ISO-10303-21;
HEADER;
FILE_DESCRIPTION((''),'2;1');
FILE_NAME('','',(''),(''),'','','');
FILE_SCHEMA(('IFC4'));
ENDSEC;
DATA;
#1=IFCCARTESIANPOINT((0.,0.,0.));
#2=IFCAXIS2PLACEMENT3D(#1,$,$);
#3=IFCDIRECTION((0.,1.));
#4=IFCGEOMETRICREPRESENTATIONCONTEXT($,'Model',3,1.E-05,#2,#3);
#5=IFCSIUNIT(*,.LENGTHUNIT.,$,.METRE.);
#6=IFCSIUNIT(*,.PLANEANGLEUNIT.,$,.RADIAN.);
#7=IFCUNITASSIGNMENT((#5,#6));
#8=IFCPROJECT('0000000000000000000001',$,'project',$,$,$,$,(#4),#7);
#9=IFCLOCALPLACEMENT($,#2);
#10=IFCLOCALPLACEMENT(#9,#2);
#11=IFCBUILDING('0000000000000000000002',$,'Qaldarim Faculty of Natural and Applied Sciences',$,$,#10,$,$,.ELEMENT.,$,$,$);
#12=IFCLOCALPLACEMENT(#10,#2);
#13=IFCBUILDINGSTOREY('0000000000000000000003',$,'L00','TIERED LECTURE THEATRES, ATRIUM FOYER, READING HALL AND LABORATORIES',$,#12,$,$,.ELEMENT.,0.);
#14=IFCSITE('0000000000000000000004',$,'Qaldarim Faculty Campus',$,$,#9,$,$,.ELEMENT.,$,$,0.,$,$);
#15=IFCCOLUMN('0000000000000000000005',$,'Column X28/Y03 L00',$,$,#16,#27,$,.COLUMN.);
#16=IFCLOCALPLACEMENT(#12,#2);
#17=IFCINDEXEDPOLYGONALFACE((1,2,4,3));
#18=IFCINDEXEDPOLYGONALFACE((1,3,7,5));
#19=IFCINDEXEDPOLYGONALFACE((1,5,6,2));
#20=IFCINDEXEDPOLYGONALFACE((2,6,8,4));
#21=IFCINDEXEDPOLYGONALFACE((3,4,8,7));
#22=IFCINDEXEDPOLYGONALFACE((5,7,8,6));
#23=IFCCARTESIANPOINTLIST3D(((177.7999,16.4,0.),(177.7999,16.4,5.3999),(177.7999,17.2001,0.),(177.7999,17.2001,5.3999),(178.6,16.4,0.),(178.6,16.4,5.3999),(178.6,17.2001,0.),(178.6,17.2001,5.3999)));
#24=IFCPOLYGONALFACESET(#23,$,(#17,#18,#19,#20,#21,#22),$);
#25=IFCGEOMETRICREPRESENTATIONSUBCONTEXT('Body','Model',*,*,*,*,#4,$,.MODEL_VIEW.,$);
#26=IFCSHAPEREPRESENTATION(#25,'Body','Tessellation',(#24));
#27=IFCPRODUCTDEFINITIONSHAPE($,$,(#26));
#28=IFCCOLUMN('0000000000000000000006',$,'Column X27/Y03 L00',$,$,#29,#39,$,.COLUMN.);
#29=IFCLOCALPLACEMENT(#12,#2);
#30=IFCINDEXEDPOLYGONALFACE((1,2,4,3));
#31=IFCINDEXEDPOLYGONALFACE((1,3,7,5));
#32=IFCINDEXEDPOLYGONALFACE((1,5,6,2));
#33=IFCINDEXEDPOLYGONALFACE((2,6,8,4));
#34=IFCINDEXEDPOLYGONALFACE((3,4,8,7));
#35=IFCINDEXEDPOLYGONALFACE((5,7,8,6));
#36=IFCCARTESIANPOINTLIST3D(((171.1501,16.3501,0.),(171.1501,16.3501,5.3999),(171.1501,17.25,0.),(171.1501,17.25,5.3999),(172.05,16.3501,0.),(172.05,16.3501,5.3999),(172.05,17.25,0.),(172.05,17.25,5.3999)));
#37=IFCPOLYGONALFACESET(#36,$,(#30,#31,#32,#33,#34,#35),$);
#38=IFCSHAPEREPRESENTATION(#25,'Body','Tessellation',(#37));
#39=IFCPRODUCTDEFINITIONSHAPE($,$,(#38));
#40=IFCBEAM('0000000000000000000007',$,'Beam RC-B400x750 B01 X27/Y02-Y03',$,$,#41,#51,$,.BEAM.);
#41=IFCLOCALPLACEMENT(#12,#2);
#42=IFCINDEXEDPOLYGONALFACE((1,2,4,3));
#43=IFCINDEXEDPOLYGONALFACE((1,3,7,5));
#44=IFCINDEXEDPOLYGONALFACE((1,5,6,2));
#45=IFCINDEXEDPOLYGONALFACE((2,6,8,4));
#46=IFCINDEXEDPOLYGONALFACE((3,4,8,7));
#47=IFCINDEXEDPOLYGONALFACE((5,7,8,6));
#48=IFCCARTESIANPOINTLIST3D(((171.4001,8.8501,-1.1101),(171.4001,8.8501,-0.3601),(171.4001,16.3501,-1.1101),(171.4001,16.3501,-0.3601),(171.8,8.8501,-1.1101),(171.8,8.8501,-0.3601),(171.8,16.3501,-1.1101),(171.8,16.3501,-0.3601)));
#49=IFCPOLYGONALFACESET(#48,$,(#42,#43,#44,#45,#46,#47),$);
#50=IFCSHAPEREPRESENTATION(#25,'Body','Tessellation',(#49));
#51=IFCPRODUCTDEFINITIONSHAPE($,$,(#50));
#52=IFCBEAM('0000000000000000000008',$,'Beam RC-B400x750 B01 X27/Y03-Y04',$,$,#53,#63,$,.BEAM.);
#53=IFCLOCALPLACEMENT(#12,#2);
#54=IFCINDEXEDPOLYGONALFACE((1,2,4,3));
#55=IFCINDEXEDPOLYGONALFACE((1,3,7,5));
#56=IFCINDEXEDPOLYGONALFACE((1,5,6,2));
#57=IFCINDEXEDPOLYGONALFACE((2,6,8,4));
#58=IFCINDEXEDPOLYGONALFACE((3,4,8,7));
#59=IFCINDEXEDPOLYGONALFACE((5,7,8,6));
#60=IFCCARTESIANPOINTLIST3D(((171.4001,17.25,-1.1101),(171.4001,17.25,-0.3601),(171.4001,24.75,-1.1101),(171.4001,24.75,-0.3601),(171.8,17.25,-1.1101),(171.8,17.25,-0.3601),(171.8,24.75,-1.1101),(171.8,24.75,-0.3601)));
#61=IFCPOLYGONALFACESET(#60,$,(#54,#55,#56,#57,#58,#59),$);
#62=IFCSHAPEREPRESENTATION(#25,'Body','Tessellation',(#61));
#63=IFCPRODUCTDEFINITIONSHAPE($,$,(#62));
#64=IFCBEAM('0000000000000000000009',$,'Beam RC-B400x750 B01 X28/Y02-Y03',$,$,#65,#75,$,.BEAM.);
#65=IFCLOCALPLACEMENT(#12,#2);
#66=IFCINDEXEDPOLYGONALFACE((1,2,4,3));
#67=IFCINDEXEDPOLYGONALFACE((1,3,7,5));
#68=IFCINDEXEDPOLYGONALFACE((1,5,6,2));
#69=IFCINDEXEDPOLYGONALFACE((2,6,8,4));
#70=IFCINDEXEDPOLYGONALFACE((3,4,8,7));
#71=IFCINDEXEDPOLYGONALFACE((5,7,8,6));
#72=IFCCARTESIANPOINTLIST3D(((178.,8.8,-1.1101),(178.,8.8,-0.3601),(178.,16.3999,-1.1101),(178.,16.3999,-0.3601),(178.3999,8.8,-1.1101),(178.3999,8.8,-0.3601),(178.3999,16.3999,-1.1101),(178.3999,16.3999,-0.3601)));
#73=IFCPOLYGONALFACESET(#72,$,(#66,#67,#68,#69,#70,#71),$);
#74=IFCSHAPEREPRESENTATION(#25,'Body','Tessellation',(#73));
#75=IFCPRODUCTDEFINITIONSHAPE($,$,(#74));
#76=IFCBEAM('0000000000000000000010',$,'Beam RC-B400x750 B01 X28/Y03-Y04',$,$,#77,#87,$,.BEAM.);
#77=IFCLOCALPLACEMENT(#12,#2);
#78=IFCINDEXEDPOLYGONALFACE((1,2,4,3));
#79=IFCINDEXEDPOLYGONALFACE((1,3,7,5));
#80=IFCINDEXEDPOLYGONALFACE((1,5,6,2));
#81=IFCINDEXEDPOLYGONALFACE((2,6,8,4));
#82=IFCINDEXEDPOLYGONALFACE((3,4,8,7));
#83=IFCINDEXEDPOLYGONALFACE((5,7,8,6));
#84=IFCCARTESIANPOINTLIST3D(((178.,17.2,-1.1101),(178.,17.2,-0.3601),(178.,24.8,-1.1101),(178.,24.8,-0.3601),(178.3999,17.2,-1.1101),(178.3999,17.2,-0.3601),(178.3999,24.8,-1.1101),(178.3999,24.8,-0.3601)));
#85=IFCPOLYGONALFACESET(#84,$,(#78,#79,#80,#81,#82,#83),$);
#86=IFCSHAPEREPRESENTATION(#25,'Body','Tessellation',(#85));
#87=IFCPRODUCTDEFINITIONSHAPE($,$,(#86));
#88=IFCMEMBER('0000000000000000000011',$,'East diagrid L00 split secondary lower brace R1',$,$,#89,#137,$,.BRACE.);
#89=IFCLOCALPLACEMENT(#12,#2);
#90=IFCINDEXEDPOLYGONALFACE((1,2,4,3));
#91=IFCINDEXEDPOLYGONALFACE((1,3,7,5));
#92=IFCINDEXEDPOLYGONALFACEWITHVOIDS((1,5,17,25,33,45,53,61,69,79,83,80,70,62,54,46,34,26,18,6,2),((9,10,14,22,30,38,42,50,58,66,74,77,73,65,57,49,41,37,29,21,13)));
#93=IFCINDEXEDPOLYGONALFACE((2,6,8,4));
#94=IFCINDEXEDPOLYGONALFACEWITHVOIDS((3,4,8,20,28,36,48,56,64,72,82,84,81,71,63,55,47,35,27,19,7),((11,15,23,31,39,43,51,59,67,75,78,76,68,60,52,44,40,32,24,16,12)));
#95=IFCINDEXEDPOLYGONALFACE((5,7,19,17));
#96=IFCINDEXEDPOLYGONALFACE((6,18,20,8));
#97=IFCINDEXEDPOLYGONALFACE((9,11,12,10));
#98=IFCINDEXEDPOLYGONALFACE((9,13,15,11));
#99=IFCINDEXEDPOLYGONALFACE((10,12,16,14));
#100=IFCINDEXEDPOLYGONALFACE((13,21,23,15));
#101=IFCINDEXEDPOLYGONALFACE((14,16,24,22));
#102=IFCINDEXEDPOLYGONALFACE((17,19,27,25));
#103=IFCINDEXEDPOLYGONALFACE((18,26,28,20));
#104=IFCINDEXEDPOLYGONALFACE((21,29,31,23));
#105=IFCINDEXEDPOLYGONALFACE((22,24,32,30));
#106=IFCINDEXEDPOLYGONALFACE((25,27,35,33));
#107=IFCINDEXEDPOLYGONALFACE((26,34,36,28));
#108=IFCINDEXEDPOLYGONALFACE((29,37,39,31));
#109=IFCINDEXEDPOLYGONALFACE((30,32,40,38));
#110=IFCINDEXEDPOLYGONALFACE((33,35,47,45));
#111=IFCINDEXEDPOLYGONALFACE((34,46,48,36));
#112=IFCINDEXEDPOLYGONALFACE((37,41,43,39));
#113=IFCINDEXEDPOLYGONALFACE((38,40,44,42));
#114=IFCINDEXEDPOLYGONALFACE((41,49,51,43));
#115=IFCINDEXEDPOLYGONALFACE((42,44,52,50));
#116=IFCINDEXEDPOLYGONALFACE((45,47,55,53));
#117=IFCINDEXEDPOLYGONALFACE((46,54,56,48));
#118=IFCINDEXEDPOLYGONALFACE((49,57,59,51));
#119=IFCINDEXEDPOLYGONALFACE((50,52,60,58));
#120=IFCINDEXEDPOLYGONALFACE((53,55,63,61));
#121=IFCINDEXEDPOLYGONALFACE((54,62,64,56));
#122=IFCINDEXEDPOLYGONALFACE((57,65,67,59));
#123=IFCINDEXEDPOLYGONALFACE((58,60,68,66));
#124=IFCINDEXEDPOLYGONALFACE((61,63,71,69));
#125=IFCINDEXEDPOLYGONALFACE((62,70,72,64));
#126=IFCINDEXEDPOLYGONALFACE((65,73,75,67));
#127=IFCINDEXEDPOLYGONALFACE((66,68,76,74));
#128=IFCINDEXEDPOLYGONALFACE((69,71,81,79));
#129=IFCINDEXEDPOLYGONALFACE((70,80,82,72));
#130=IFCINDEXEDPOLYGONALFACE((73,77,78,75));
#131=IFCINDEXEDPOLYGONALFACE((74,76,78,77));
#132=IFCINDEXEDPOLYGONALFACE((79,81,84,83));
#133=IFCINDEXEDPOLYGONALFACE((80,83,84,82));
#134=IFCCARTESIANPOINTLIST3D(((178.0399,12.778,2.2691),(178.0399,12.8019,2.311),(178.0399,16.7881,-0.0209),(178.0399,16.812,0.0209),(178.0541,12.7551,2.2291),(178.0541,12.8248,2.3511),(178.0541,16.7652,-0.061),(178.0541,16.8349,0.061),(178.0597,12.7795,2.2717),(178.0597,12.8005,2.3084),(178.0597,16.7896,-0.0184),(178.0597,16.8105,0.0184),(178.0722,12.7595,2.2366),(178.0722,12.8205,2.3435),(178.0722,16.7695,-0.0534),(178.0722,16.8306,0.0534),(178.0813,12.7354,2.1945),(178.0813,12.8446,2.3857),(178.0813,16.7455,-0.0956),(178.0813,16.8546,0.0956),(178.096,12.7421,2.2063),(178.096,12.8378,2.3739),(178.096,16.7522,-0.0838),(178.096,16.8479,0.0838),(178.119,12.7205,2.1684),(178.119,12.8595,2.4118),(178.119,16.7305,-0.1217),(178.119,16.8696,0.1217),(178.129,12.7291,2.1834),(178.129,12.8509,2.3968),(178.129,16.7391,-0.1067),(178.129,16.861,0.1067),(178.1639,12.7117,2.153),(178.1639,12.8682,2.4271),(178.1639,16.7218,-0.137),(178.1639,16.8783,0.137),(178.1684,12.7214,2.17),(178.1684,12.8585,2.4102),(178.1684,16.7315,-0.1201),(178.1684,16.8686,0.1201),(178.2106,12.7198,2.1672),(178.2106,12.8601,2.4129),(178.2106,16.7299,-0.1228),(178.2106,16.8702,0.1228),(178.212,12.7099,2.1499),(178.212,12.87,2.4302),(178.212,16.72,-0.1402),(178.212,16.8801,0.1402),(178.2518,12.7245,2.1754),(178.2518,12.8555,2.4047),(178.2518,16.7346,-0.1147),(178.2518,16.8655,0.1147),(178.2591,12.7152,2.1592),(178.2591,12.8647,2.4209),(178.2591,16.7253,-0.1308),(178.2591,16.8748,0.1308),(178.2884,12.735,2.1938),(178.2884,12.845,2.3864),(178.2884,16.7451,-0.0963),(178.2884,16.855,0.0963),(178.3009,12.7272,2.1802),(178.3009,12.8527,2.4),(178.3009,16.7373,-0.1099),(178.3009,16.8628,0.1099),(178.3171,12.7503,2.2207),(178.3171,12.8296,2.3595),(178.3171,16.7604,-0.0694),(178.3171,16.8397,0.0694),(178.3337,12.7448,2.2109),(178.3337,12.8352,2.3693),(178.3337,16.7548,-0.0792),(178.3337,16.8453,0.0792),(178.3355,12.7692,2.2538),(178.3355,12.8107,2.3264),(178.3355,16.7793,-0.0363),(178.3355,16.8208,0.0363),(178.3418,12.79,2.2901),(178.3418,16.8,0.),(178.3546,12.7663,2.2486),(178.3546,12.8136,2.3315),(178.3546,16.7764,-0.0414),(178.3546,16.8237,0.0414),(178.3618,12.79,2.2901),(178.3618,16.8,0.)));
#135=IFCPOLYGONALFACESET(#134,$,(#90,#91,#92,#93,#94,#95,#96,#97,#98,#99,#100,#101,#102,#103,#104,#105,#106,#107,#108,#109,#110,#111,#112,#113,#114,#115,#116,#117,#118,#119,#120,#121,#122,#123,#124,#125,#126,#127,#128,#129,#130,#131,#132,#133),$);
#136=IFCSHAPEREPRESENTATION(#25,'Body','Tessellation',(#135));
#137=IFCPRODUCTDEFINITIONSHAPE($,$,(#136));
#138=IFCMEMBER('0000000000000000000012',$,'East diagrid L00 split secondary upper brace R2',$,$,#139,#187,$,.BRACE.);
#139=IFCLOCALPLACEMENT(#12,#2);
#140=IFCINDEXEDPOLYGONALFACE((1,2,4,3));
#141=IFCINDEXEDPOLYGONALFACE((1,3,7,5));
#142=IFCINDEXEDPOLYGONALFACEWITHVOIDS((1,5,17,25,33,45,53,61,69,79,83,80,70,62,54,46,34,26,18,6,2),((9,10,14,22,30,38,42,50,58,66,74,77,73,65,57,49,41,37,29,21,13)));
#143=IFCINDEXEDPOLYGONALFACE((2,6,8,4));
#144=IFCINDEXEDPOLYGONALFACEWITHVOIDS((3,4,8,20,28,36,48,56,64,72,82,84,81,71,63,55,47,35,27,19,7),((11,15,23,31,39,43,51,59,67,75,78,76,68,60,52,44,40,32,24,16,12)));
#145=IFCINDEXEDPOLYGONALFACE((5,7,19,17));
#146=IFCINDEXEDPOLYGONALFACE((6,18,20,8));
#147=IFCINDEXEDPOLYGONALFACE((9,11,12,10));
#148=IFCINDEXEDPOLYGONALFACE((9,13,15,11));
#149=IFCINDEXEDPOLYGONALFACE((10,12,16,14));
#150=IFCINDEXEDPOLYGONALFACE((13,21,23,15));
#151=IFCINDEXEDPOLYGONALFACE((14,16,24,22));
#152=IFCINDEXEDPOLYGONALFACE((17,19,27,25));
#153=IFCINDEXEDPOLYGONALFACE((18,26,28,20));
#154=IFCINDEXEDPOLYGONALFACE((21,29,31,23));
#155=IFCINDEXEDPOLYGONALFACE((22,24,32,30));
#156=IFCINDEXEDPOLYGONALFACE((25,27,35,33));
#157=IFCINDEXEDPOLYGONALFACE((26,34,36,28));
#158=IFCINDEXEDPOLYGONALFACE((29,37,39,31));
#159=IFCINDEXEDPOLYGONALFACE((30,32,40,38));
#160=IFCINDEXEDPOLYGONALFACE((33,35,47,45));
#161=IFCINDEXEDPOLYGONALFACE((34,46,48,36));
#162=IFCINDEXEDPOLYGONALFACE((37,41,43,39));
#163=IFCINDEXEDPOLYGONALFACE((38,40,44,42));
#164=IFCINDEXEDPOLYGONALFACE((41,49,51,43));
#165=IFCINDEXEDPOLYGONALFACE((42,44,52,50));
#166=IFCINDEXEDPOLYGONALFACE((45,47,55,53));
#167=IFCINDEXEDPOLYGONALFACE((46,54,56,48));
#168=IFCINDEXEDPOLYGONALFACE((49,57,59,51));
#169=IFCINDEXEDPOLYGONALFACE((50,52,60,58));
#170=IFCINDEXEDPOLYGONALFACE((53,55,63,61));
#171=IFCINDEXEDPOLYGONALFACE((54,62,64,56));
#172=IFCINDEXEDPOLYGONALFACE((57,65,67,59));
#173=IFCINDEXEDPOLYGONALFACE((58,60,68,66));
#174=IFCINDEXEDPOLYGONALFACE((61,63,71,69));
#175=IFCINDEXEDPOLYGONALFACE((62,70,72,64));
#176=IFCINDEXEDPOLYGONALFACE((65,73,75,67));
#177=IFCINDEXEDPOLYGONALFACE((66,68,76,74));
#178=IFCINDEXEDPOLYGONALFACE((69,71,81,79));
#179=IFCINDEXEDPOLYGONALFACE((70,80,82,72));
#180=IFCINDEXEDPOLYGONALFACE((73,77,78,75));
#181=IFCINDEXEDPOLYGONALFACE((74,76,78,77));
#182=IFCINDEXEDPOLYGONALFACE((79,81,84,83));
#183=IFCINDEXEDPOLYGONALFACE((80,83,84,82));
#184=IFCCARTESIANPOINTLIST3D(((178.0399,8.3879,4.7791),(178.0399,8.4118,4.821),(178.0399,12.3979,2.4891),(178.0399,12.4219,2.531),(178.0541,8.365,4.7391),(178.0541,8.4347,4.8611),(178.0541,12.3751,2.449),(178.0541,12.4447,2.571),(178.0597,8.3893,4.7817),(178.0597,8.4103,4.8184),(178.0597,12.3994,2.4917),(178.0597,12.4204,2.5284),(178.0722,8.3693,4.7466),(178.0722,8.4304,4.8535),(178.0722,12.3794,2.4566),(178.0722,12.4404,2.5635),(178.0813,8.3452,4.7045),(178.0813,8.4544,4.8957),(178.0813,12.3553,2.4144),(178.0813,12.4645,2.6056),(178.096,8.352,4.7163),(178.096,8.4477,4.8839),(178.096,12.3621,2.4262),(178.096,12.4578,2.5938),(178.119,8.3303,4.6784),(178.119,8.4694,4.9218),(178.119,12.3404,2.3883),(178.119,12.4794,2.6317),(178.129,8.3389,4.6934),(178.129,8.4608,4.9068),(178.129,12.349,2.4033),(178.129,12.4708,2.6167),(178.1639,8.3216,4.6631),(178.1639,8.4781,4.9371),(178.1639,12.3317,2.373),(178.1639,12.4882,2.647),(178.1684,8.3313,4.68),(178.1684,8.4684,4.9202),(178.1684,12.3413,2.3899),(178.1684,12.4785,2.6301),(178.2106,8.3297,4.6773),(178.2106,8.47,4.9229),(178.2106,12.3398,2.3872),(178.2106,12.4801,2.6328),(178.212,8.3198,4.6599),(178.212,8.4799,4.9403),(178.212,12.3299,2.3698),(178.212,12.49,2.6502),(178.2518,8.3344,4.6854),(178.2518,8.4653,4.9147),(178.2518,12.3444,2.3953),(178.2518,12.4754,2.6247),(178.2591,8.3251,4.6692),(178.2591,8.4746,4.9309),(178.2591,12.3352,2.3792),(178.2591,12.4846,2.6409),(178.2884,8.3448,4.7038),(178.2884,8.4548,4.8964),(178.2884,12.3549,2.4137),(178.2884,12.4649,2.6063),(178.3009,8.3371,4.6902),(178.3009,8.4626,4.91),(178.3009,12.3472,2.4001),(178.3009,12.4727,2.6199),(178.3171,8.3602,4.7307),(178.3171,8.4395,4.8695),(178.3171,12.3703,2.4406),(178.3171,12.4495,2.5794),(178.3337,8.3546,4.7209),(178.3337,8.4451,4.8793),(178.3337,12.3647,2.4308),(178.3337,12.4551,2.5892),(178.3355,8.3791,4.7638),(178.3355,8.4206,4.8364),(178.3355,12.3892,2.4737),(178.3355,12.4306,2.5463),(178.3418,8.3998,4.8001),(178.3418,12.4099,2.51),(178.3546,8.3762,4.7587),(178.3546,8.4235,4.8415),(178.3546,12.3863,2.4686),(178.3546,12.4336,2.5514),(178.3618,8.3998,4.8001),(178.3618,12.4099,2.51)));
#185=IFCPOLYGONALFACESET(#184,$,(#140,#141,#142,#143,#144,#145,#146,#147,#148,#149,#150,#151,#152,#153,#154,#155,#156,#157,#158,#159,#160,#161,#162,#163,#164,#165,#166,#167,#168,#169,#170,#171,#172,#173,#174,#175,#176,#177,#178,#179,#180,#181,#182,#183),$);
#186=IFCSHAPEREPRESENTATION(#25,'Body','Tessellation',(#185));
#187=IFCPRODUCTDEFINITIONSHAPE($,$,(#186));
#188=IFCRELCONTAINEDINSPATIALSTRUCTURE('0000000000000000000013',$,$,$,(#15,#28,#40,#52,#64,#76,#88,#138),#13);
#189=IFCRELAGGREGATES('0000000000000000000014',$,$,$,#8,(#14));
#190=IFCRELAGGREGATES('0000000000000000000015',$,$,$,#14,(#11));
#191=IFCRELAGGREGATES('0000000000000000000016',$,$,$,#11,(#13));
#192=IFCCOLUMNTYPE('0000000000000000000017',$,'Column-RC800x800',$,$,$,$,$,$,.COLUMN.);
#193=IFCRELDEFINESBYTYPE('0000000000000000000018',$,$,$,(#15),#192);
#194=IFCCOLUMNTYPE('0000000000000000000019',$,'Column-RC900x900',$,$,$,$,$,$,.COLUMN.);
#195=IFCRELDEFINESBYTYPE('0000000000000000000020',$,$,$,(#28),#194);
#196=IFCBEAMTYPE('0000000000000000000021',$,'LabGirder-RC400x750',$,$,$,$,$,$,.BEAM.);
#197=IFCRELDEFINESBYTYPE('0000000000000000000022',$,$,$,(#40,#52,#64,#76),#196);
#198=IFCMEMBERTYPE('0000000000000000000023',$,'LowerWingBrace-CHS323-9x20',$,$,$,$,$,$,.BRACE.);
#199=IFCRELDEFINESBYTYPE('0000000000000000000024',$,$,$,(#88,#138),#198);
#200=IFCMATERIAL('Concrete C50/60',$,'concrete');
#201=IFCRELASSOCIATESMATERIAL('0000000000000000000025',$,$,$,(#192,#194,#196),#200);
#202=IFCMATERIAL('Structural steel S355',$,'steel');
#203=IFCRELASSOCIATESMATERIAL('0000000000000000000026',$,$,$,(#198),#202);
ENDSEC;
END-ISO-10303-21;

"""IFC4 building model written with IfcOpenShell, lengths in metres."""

from ifc_helpers import new_model, si_unit, direction, frame, origin, origin_2d, place, context, subcontext, project, spatial, rectangle, hollow_circle, extrude, material, material_profile, profile_set, type_object, element, save


model = new_model("IFC4")

# Units and contexts
model_context = context("Model", 3, precision=1e-05, world=origin(), true_north=direction((0.0, 1.0)))
body_context = subcontext(model_context, "Body", "Model", "MODEL_VIEW")
ifc_project = project(units=[si_unit("LENGTHUNIT", "METRE"), si_unit("PLANEANGLEUNIT", "RADIAN")], contexts=[model_context])

# Site, building, storey
site_placement = place(None, origin())
site = spatial("IfcSite", under=ifc_project, at=site_placement, Name="Qaldarim Faculty Campus", CompositionType="ELEMENT", RefElevation=0.0)
building_placement = place(site_placement, origin())
building = spatial("IfcBuilding", under=site, at=building_placement, Name="Qaldarim Faculty of Natural and Applied Sciences", CompositionType="ELEMENT")
storey_placement = place(building_placement, origin())
storey = spatial("IfcBuildingStorey", under=building, at=storey_placement, Name="L00", Description="TIERED LECTURE THEATRES, ATRIUM FOYER, READING HALL AND LABORATORIES", CompositionType="ELEMENT", Elevation=0.0)

# Columns
ifc_material_1 = material(Name="Concrete C50/60", Category="concrete")
ifc_material_profile_1 = material_profile(ifc_material_1, rectangle(XDim=0.8, YDim=0.8, at=origin_2d()), Name="RC-C800x800")
ifc_profile_set_1 = profile_set([ifc_material_profile_1], Name="Concrete C50/60")
column_type_1 = type_object("IfcColumnType", Name="Column-RC800x800", PredefinedType="COLUMN", material=ifc_profile_set_1)
column_1_placement = place(storey_placement, frame((178.2, 16.8, 0.0), z_axis=(0.0, 0.0, 1.0), x_axis=(1.0, 0.0, 0.0)))
element("IfcColumn", 1, at=column_1_placement, inside=storey, type_object=column_type_1, Name="Column X28/Y03 L00", PredefinedType="COLUMN", context=body_context, shape_type="SweptSolid", body=[
    extrude(rectangle(XDim=0.8, YDim=0.8, at=origin_2d()), origin(), (0.0, 0.0, 1.0), 5.3999),
])
ifc_material_profile_2 = material_profile(ifc_material_1, rectangle(XDim=0.8999, YDim=0.8999, at=origin_2d()), Name="RC-C900x900")
ifc_profile_set_2 = profile_set([ifc_material_profile_2], Name="Concrete C50/60")
column_type_2 = type_object("IfcColumnType", Name="Column-RC900x900", PredefinedType="COLUMN", material=ifc_profile_set_2)
column_2_placement = place(storey_placement, frame((171.6001, 16.8, 0.0), z_axis=(0.0, 0.0, 1.0), x_axis=(1.0, 0.0, 0.0)))
element("IfcColumn", 2, at=column_2_placement, inside=storey, type_object=column_type_2, Name="Column X27/Y03 L00", PredefinedType="COLUMN", context=body_context, shape_type="SweptSolid", body=[
    extrude(rectangle(XDim=0.8999, YDim=0.8999, at=origin_2d()), origin(), (0.0, 0.0, 1.0), 5.3999),
])

# Beams
ifc_material_profile_3 = material_profile(ifc_material_1, rectangle(XDim=0.3999, YDim=0.75, at=origin_2d()), Name="RC-B400x750")
ifc_profile_set_3 = profile_set([ifc_material_profile_3], Name="Concrete C50/60")
beam_type_1 = type_object("IfcBeamType", Name="LabGirder-RC400x750", PredefinedType="BEAM", material=ifc_profile_set_3)
for number, where, z_axis, x_axis, name in (
    (3, (171.6001, 8.8501, -0.7351), (0.0, 1.0, 0.0), (-1.0, 0.0, 0.0), "Beam RC-B400x750 B01 X27/Y02-Y03"),
    (4, (171.6001, 17.25, -0.7351), (0.0, 1.0, 0.0), (-1.0, 0.0, 0.0), "Beam RC-B400x750 B01 X27/Y03-Y04"),
):
    element("IfcBeam", number, at=place(storey_placement, frame(where, z_axis=z_axis, x_axis=x_axis)), inside=storey, type_object=beam_type_1, Name=name, PredefinedType="BEAM", context=body_context, shape_type="SweptSolid", body=[
        extrude(rectangle(XDim=0.3999, YDim=0.75, at=origin_2d()), origin(), (0.0, 0.0, 1.0), 7.5),
    ])
beam_1_placement = place(storey_placement, frame((178.2, 8.8, -0.7351), z_axis=(0.0, 1.0, 0.0), x_axis=(-1.0, 0.0, 0.0)))
element("IfcBeam", 5, at=beam_1_placement, inside=storey, type_object=beam_type_1, Name="Beam RC-B400x750 B01 X28/Y02-Y03", PredefinedType="BEAM", context=body_context, shape_type="SweptSolid", body=[
    extrude(rectangle(XDim=0.3999, YDim=0.75, at=origin_2d()), origin(), (0.0, 0.0, 1.0), 7.5999),
])
beam_2_placement = place(storey_placement, frame((178.2, 17.2, -0.7351), z_axis=(0.0, 1.0, 0.0), x_axis=(-1.0, 0.0, 0.0)))
element("IfcBeam", 6, at=beam_2_placement, inside=storey, type_object=beam_type_1, Name="Beam RC-B400x750 B01 X28/Y03-Y04", PredefinedType="BEAM", context=body_context, shape_type="SweptSolid", body=[
    extrude(rectangle(XDim=0.3999, YDim=0.75, at=origin_2d()), origin(), (0.0, 0.0, 1.0), 7.6001),
])

# Members
ifc_material_2 = material(Name="Structural steel S355", Category="steel")
ifc_material_profile_4 = material_profile(ifc_material_2, hollow_circle(Radius=0.1619, WallThickness=0.02, at=origin_2d()), Name="CHS 323.9x20.0")
ifc_profile_set_4 = profile_set([ifc_material_profile_4], Name="Structural steel S355")
member_type_1 = type_object("IfcMemberType", Name="LowerWingBrace-CHS323-9x20", PredefinedType="BRACE", material=ifc_profile_set_4)
for number, where, z_axis, x_axis, name in (
    (7, (178.2, 16.8, 0.0), (0.0, -0.868373, 0.495911), (1.0, 0.0, 0.0), "East diagrid L00 split secondary lower brace R1"),
    (8, (178.2, 12.4099, 2.51), (0.0, -0.868373, 0.495911), (1.0, 0.0, 0.0), "East diagrid L00 split secondary upper brace R2"),
):
    element("IfcMember", number, at=place(storey_placement, frame(where, z_axis=z_axis, x_axis=x_axis)), inside=storey, type_object=member_type_1, Name=name, PredefinedType="BRACE", context=body_context, shape_type="SweptSolid", body=[
        extrude(hollow_circle(Radius=0.1619, WallThickness=0.02, at=origin_2d()), origin(), (0.0, 0.0, 1.0), 4.6179),
    ])

save(model, "model.ifc")
